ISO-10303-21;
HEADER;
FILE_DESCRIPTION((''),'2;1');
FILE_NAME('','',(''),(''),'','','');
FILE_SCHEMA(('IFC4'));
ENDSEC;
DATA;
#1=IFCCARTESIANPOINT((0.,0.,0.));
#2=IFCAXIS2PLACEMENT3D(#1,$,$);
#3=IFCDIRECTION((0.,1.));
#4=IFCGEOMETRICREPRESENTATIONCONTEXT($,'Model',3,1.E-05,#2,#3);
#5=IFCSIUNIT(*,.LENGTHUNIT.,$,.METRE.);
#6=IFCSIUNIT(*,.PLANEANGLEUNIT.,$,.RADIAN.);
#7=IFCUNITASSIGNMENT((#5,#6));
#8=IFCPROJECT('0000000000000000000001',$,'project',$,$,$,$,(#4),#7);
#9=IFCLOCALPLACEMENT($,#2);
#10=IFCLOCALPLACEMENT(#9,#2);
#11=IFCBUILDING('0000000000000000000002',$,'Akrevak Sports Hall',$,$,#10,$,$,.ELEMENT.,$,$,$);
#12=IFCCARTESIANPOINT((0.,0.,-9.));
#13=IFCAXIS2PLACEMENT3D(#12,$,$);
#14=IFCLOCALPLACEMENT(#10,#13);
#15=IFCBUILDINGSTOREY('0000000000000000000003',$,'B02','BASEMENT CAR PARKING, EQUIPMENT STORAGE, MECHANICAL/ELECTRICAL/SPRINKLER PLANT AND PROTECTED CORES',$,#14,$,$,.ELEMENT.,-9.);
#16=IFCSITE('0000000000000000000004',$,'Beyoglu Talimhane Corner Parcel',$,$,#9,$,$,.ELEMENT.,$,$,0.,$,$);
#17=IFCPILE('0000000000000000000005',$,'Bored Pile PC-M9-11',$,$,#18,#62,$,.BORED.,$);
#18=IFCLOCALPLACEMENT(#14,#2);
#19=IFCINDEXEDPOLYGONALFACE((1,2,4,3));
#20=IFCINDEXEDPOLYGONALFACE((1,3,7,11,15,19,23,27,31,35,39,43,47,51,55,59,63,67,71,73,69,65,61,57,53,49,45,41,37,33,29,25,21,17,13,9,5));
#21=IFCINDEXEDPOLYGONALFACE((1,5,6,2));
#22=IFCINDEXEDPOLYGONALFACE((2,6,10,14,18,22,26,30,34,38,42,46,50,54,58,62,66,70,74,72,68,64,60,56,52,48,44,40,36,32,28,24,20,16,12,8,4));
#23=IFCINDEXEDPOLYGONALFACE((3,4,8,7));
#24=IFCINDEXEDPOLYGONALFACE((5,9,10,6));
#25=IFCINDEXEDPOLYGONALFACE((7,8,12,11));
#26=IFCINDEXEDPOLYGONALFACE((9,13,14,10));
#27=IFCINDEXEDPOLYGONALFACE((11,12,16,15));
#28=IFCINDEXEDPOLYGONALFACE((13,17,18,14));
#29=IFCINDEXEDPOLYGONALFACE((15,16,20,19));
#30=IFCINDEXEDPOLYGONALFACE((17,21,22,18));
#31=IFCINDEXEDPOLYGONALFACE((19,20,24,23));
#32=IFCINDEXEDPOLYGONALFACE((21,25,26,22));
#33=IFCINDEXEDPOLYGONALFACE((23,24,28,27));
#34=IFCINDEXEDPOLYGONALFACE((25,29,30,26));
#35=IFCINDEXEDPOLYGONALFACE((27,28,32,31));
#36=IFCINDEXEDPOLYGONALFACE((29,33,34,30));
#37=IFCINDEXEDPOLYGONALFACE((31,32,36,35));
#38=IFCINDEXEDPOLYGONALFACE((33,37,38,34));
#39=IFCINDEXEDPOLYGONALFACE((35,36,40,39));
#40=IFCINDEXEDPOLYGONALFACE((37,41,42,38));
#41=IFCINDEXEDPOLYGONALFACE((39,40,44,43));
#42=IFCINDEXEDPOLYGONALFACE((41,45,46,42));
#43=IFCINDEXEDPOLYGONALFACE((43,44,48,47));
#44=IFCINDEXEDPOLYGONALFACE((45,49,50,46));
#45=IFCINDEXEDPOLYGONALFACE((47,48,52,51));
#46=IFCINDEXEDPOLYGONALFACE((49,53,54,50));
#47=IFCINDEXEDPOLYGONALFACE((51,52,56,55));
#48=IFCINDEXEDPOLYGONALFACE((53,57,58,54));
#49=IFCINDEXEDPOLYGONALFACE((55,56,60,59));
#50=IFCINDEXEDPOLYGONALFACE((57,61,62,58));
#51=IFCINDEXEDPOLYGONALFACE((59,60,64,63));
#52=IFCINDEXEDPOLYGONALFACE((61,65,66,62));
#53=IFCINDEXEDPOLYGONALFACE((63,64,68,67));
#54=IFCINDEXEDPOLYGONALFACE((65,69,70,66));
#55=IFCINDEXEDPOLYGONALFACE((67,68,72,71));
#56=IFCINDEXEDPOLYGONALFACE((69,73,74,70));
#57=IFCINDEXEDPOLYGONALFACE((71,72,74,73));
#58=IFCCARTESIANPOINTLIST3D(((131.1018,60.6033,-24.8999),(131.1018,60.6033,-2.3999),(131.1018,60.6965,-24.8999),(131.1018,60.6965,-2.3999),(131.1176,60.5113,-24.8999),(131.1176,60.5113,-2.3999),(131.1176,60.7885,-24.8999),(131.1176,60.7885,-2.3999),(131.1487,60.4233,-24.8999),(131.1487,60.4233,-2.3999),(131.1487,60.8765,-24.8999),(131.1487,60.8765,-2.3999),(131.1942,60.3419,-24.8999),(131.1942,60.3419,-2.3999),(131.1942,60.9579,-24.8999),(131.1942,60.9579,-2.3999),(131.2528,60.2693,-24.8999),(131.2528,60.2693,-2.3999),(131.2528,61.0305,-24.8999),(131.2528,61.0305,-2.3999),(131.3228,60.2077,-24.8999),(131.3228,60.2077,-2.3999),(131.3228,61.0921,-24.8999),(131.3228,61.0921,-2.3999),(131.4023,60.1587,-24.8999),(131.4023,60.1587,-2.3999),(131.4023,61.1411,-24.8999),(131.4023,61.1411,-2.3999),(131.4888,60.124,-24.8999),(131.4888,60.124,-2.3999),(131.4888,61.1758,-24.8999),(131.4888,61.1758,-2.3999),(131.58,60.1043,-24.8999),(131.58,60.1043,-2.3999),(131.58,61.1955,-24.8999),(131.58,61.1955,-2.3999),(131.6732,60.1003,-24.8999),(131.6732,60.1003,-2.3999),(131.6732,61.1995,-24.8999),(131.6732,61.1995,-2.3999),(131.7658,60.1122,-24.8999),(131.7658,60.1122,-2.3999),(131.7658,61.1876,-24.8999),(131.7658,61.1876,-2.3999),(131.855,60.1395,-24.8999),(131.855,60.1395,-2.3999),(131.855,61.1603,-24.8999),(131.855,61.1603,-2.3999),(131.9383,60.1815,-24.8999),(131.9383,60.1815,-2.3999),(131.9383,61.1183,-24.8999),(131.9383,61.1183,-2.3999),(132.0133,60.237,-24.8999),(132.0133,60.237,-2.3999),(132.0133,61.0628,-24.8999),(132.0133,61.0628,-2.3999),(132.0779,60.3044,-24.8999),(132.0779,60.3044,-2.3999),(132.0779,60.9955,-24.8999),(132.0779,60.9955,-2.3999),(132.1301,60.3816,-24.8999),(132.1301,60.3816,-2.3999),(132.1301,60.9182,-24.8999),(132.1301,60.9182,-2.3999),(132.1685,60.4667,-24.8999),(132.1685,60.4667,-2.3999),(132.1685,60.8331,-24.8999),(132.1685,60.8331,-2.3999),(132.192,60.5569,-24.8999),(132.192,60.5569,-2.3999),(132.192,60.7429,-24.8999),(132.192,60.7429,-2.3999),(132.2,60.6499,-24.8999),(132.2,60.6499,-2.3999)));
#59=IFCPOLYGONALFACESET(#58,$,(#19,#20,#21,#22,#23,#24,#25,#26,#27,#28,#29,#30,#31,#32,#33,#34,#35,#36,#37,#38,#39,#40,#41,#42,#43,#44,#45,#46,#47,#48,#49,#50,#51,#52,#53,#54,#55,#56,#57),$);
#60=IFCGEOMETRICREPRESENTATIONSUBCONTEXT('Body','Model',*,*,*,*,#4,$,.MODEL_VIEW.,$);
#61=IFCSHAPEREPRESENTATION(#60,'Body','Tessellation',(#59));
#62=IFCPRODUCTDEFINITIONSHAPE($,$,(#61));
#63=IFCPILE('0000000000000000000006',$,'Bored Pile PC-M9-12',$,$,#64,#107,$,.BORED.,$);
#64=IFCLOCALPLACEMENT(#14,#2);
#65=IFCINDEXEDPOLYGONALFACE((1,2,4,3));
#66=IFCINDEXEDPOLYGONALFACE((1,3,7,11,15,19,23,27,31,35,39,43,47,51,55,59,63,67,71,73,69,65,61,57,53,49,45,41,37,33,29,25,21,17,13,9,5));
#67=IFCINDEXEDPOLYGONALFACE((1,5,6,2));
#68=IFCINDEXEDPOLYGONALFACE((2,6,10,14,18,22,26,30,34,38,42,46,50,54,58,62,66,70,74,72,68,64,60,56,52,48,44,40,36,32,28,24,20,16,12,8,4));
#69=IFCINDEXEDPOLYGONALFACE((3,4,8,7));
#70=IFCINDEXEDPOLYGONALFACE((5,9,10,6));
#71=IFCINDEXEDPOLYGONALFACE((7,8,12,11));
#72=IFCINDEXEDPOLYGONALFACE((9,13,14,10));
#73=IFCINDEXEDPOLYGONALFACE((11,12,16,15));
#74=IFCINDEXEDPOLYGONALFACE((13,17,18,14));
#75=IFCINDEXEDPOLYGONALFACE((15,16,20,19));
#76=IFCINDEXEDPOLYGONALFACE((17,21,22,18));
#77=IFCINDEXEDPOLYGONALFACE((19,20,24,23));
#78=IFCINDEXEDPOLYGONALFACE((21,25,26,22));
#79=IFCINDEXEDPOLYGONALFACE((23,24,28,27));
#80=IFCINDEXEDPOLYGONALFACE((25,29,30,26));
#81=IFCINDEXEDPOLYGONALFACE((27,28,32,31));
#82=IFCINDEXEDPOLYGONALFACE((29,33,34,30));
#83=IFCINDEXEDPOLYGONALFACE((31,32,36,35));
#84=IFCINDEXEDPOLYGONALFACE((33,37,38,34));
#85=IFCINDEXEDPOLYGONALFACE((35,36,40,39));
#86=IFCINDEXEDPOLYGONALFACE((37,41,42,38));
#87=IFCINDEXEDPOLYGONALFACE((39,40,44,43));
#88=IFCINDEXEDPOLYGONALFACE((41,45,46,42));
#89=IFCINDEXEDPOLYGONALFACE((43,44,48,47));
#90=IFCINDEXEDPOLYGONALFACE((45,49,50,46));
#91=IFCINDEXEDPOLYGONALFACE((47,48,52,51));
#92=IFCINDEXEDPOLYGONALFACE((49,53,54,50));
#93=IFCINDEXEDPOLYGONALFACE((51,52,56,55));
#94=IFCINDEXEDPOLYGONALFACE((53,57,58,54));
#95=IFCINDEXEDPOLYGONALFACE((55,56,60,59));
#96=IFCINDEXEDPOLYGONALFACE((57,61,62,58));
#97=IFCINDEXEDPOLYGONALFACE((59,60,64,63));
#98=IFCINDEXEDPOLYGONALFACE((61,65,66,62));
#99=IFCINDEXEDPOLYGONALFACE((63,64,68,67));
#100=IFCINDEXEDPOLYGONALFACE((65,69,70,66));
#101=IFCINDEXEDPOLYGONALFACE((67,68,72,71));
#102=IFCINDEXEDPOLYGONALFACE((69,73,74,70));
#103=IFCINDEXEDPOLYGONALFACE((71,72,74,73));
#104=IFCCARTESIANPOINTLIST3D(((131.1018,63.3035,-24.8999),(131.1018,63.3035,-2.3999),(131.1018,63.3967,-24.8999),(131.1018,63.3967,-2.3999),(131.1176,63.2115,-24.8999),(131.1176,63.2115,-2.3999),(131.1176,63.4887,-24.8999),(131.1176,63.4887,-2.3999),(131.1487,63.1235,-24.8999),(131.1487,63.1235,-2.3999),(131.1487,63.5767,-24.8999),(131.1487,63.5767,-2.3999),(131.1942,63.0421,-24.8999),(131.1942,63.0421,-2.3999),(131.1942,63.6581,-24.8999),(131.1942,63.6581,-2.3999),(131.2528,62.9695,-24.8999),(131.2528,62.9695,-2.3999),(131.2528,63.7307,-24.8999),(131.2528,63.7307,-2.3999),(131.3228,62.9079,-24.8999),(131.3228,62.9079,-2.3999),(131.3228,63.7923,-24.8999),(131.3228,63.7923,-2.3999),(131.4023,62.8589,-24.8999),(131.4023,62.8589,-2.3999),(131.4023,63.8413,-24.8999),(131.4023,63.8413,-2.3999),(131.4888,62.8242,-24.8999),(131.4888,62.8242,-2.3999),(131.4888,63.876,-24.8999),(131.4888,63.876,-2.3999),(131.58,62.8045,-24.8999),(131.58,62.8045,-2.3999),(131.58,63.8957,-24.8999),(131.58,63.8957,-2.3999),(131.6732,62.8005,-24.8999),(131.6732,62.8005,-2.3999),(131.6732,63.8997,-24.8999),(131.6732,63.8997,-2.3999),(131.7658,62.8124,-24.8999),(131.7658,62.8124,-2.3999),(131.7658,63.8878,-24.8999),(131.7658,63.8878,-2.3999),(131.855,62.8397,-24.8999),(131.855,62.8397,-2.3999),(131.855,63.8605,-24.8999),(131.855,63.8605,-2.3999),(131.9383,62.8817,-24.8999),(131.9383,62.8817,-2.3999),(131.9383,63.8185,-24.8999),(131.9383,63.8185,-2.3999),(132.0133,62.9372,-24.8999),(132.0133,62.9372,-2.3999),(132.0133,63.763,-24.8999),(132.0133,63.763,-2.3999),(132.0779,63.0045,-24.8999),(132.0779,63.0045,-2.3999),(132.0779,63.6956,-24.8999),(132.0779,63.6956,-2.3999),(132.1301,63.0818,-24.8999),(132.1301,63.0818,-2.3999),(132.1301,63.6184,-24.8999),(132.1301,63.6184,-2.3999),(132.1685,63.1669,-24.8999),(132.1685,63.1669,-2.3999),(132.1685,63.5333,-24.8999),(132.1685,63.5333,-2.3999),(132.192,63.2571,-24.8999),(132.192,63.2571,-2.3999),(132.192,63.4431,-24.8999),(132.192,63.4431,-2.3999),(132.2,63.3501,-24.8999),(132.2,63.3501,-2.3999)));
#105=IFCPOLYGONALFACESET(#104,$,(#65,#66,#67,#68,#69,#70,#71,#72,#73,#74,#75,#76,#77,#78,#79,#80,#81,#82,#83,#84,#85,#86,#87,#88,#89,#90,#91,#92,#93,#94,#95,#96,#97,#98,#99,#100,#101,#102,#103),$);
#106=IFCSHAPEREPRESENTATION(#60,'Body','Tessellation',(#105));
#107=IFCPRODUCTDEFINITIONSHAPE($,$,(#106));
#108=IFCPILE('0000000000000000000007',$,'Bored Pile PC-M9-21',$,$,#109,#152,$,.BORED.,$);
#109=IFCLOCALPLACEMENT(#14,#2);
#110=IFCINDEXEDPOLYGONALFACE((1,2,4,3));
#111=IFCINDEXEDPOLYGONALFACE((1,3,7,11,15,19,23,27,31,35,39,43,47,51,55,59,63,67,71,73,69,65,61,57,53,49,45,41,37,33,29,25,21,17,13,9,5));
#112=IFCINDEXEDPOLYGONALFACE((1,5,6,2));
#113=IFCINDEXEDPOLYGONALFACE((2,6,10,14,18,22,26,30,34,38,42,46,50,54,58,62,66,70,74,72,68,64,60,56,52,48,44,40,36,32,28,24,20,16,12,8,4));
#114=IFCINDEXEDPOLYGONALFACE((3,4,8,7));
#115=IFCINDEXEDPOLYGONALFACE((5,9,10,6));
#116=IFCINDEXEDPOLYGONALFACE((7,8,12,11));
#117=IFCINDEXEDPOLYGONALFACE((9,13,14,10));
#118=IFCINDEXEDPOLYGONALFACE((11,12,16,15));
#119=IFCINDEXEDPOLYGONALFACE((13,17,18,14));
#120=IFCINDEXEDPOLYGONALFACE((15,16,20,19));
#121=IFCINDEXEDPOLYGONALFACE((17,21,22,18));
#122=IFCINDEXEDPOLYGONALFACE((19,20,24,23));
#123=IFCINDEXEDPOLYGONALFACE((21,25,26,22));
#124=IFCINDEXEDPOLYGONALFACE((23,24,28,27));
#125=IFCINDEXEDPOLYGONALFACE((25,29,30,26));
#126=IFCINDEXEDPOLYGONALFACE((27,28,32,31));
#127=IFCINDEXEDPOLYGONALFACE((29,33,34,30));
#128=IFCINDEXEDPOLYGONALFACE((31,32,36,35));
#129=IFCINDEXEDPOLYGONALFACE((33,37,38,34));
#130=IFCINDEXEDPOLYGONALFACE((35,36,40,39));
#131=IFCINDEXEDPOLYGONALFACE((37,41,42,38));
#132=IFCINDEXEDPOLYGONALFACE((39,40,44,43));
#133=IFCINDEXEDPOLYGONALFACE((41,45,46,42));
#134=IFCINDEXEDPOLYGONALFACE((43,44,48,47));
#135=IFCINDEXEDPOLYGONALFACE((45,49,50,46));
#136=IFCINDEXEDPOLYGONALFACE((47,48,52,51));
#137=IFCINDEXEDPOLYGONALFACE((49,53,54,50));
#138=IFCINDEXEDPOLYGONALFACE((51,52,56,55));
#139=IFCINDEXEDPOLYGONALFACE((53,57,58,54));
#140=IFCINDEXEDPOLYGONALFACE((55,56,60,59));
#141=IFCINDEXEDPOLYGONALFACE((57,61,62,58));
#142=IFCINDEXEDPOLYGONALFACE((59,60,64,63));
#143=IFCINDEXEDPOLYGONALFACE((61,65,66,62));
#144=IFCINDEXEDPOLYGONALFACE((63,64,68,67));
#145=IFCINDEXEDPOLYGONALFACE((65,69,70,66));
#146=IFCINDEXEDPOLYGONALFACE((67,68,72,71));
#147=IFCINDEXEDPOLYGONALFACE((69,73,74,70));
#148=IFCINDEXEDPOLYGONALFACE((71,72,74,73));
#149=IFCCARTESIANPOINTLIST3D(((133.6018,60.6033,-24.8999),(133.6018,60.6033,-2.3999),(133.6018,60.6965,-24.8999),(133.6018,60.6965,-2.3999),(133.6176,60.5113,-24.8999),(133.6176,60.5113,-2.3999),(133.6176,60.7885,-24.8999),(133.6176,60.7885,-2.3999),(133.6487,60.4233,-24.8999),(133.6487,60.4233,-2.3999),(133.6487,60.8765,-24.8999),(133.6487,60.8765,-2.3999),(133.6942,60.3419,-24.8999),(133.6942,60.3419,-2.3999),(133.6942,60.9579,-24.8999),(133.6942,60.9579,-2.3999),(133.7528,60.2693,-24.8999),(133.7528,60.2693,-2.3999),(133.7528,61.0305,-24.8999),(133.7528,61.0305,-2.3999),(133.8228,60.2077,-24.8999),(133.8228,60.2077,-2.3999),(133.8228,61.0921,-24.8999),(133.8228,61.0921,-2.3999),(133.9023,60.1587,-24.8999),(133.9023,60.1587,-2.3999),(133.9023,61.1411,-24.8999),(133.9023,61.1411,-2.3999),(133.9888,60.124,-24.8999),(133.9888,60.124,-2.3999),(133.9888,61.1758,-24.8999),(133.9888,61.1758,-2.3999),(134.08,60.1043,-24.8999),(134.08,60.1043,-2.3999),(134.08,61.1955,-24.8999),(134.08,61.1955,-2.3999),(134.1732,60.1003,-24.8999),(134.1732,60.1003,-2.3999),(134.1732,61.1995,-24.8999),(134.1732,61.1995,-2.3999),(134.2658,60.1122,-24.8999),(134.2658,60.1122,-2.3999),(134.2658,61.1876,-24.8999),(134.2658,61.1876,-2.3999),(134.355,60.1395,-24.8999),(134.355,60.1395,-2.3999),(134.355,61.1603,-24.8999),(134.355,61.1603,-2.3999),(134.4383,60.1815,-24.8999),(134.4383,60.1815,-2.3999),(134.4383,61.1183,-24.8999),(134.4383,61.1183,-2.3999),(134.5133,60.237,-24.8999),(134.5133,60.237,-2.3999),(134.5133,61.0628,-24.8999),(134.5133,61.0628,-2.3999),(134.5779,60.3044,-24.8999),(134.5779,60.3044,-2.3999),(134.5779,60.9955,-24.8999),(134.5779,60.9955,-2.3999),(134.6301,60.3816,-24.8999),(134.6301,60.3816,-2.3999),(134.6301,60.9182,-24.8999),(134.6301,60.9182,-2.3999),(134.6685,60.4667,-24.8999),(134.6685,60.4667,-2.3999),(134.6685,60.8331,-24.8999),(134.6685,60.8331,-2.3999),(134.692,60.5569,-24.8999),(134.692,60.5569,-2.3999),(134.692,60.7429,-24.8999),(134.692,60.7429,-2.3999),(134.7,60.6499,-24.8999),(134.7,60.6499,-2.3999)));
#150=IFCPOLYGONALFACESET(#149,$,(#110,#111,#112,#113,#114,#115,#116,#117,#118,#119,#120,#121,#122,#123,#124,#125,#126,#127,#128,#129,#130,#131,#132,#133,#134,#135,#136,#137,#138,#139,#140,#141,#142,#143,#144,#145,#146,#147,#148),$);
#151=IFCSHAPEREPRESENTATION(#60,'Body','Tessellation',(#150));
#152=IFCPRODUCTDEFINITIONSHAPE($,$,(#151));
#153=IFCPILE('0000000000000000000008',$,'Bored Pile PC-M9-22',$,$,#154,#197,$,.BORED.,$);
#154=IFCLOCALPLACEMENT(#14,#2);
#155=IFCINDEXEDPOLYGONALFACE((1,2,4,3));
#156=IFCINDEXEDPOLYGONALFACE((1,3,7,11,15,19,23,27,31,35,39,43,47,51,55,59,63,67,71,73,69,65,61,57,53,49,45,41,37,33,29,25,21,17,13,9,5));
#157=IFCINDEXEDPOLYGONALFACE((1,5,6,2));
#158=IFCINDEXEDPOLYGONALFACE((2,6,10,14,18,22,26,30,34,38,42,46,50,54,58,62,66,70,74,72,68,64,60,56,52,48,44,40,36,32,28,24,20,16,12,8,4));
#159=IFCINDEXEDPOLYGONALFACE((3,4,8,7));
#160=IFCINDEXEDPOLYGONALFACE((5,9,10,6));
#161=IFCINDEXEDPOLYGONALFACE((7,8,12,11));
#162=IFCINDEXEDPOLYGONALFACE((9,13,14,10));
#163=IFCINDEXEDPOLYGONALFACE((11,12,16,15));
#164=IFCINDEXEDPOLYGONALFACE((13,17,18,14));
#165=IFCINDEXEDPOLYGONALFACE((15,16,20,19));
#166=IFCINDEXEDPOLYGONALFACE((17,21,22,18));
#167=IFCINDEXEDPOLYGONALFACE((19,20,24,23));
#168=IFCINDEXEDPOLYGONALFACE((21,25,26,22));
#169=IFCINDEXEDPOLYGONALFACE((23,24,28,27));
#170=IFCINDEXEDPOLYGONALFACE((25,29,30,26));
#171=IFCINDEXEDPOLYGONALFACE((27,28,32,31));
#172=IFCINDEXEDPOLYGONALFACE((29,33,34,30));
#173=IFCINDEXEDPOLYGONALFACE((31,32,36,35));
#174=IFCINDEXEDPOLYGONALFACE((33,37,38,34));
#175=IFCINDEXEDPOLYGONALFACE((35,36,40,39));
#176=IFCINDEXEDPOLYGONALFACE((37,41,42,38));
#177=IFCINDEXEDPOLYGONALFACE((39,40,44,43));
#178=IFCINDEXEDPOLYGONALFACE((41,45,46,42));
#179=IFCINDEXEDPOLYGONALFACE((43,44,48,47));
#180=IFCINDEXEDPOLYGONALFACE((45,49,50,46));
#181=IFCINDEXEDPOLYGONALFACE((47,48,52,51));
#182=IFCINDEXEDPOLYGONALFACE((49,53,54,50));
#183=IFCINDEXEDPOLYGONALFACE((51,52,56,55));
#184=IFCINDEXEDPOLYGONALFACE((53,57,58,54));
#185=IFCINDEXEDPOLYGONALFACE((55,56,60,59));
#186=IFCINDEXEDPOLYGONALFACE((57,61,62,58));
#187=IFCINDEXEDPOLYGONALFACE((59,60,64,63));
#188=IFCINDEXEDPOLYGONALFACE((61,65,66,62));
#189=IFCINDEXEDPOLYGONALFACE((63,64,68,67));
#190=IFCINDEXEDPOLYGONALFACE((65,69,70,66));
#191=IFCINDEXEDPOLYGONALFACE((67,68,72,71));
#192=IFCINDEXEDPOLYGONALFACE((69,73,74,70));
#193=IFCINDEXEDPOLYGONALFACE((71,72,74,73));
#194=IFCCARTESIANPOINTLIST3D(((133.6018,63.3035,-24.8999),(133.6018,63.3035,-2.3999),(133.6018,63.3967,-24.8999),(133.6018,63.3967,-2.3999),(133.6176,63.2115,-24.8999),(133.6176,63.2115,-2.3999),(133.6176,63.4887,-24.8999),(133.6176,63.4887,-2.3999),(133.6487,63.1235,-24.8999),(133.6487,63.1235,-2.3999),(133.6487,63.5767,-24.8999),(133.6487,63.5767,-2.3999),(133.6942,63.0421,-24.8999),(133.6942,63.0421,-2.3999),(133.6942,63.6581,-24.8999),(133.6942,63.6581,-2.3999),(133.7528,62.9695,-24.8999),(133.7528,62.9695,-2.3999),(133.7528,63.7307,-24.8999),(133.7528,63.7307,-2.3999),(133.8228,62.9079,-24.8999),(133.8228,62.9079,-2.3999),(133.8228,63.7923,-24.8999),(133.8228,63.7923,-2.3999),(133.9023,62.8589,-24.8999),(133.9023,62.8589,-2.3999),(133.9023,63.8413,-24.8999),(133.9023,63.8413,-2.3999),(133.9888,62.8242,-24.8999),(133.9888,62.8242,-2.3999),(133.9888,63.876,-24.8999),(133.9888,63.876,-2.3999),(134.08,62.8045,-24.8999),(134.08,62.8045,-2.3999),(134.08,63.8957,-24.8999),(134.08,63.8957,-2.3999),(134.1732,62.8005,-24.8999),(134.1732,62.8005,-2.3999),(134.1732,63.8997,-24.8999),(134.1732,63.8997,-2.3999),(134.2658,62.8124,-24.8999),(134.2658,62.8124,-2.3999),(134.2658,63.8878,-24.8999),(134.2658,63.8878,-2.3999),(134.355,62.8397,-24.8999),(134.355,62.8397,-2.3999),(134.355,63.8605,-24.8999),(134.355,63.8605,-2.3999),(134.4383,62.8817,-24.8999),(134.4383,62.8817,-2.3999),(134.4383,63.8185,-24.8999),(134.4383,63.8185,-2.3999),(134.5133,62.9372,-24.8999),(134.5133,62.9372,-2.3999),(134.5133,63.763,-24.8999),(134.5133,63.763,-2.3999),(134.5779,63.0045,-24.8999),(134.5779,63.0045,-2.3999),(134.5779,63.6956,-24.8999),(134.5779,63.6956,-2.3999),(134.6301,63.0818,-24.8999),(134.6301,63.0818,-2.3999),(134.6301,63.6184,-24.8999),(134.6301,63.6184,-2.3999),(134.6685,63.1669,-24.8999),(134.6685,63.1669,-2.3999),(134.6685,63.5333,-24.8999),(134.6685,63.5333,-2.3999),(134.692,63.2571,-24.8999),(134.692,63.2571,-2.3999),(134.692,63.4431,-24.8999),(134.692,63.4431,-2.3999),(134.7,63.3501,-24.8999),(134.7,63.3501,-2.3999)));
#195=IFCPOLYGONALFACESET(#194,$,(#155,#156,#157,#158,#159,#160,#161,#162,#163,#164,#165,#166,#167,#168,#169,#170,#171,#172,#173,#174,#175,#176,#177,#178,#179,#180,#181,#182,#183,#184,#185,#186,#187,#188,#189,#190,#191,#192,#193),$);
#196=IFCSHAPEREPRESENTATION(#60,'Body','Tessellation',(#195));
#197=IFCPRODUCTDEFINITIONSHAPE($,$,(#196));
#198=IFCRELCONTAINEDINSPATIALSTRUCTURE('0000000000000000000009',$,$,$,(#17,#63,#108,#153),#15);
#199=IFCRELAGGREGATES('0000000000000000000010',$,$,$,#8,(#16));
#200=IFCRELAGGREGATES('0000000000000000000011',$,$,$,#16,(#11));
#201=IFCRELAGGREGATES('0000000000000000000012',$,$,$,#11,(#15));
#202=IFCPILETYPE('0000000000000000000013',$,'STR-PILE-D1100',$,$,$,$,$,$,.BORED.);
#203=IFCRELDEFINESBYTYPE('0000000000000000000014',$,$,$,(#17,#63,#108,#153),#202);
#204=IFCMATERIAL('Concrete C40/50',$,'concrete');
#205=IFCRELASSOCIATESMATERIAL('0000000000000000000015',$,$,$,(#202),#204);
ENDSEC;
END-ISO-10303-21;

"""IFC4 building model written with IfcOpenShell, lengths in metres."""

from ifc_helpers import new_model, si_unit, direction, frame, origin, origin_2d, place, context, subcontext, project, spatial, circle, extrude, material, material_profile, profile_set, type_object, element, save


model = new_model("IFC4")

# Units and contexts
model_context = context("Model", 3, precision=1e-05, world=origin(), true_north=direction((0.0, 1.0)))
body_context = subcontext(model_context, "Body", "Model", "MODEL_VIEW")
ifc_project = project(units=[si_unit("LENGTHUNIT", "METRE"), si_unit("PLANEANGLEUNIT", "RADIAN")], contexts=[model_context])

# Site, building, storey
site_placement = place(None, origin())
site = spatial("IfcSite", under=ifc_project, at=site_placement, Name="Beyoglu Talimhane Corner Parcel", CompositionType="ELEMENT", RefElevation=0.0)
building_placement = place(site_placement, origin())
building = spatial("IfcBuilding", under=site, at=building_placement, Name="Akrevak Sports Hall", CompositionType="ELEMENT")
storey_placement = place(building_placement, frame((0.0, 0.0, -9.0)))
storey = spatial("IfcBuildingStorey", under=building, at=storey_placement, Name="B02", Description="BASEMENT CAR PARKING, EQUIPMENT STORAGE, MECHANICAL/ELECTRICAL/SPRINKLER PLANT AND PROTECTED CORES", CompositionType="ELEMENT", Elevation=-9.0)

# Shared definitions
ifc_material_1 = material(Name="Concrete C40/50", Category="concrete")

# Piles
ifc_material_profile_1 = material_profile(ifc_material_1, circle(Radius=0.55, at=origin_2d()), Name="BORED PILE D1100", Category="concrete")
ifc_profile_set_1 = profile_set([ifc_material_profile_1], Name="Concrete C40/50")
pile_type_1 = type_object("IfcPileType", Name="STR-PILE-D1100", PredefinedType="BORED", material=ifc_profile_set_1)
for number, where, z_axis, x_axis, name in (
    (1, (131.6499, 60.6499, -2.3999), (0.0, 0.0, -1.0), (1.0, 0.0, 0.0), "Bored Pile PC-M9-11"),
    (2, (131.6499, 63.3501, -2.3999), (0.0, 0.0, -1.0), (1.0, 0.0, 0.0), "Bored Pile PC-M9-12"),
    (3, (134.1499, 60.6499, -2.3999), (0.0, 0.0, -1.0), (1.0, 0.0, 0.0), "Bored Pile PC-M9-21"),
    (4, (134.1499, 63.3501, -2.3999), (0.0, 0.0, -1.0), (1.0, 0.0, 0.0), "Bored Pile PC-M9-22"),
):
    element("IfcPile", number, at=place(storey_placement, frame(where, z_axis=z_axis, x_axis=x_axis)), inside=storey, type_object=pile_type_1, Name=name, PredefinedType="BORED", context=body_context, shape_type="SweptSolid", body=[
        extrude(circle(Radius=0.55, at=origin_2d()), origin(), (0.0, 0.0, 1.0), 22.5),
    ])

save(model, "model.ifc")
